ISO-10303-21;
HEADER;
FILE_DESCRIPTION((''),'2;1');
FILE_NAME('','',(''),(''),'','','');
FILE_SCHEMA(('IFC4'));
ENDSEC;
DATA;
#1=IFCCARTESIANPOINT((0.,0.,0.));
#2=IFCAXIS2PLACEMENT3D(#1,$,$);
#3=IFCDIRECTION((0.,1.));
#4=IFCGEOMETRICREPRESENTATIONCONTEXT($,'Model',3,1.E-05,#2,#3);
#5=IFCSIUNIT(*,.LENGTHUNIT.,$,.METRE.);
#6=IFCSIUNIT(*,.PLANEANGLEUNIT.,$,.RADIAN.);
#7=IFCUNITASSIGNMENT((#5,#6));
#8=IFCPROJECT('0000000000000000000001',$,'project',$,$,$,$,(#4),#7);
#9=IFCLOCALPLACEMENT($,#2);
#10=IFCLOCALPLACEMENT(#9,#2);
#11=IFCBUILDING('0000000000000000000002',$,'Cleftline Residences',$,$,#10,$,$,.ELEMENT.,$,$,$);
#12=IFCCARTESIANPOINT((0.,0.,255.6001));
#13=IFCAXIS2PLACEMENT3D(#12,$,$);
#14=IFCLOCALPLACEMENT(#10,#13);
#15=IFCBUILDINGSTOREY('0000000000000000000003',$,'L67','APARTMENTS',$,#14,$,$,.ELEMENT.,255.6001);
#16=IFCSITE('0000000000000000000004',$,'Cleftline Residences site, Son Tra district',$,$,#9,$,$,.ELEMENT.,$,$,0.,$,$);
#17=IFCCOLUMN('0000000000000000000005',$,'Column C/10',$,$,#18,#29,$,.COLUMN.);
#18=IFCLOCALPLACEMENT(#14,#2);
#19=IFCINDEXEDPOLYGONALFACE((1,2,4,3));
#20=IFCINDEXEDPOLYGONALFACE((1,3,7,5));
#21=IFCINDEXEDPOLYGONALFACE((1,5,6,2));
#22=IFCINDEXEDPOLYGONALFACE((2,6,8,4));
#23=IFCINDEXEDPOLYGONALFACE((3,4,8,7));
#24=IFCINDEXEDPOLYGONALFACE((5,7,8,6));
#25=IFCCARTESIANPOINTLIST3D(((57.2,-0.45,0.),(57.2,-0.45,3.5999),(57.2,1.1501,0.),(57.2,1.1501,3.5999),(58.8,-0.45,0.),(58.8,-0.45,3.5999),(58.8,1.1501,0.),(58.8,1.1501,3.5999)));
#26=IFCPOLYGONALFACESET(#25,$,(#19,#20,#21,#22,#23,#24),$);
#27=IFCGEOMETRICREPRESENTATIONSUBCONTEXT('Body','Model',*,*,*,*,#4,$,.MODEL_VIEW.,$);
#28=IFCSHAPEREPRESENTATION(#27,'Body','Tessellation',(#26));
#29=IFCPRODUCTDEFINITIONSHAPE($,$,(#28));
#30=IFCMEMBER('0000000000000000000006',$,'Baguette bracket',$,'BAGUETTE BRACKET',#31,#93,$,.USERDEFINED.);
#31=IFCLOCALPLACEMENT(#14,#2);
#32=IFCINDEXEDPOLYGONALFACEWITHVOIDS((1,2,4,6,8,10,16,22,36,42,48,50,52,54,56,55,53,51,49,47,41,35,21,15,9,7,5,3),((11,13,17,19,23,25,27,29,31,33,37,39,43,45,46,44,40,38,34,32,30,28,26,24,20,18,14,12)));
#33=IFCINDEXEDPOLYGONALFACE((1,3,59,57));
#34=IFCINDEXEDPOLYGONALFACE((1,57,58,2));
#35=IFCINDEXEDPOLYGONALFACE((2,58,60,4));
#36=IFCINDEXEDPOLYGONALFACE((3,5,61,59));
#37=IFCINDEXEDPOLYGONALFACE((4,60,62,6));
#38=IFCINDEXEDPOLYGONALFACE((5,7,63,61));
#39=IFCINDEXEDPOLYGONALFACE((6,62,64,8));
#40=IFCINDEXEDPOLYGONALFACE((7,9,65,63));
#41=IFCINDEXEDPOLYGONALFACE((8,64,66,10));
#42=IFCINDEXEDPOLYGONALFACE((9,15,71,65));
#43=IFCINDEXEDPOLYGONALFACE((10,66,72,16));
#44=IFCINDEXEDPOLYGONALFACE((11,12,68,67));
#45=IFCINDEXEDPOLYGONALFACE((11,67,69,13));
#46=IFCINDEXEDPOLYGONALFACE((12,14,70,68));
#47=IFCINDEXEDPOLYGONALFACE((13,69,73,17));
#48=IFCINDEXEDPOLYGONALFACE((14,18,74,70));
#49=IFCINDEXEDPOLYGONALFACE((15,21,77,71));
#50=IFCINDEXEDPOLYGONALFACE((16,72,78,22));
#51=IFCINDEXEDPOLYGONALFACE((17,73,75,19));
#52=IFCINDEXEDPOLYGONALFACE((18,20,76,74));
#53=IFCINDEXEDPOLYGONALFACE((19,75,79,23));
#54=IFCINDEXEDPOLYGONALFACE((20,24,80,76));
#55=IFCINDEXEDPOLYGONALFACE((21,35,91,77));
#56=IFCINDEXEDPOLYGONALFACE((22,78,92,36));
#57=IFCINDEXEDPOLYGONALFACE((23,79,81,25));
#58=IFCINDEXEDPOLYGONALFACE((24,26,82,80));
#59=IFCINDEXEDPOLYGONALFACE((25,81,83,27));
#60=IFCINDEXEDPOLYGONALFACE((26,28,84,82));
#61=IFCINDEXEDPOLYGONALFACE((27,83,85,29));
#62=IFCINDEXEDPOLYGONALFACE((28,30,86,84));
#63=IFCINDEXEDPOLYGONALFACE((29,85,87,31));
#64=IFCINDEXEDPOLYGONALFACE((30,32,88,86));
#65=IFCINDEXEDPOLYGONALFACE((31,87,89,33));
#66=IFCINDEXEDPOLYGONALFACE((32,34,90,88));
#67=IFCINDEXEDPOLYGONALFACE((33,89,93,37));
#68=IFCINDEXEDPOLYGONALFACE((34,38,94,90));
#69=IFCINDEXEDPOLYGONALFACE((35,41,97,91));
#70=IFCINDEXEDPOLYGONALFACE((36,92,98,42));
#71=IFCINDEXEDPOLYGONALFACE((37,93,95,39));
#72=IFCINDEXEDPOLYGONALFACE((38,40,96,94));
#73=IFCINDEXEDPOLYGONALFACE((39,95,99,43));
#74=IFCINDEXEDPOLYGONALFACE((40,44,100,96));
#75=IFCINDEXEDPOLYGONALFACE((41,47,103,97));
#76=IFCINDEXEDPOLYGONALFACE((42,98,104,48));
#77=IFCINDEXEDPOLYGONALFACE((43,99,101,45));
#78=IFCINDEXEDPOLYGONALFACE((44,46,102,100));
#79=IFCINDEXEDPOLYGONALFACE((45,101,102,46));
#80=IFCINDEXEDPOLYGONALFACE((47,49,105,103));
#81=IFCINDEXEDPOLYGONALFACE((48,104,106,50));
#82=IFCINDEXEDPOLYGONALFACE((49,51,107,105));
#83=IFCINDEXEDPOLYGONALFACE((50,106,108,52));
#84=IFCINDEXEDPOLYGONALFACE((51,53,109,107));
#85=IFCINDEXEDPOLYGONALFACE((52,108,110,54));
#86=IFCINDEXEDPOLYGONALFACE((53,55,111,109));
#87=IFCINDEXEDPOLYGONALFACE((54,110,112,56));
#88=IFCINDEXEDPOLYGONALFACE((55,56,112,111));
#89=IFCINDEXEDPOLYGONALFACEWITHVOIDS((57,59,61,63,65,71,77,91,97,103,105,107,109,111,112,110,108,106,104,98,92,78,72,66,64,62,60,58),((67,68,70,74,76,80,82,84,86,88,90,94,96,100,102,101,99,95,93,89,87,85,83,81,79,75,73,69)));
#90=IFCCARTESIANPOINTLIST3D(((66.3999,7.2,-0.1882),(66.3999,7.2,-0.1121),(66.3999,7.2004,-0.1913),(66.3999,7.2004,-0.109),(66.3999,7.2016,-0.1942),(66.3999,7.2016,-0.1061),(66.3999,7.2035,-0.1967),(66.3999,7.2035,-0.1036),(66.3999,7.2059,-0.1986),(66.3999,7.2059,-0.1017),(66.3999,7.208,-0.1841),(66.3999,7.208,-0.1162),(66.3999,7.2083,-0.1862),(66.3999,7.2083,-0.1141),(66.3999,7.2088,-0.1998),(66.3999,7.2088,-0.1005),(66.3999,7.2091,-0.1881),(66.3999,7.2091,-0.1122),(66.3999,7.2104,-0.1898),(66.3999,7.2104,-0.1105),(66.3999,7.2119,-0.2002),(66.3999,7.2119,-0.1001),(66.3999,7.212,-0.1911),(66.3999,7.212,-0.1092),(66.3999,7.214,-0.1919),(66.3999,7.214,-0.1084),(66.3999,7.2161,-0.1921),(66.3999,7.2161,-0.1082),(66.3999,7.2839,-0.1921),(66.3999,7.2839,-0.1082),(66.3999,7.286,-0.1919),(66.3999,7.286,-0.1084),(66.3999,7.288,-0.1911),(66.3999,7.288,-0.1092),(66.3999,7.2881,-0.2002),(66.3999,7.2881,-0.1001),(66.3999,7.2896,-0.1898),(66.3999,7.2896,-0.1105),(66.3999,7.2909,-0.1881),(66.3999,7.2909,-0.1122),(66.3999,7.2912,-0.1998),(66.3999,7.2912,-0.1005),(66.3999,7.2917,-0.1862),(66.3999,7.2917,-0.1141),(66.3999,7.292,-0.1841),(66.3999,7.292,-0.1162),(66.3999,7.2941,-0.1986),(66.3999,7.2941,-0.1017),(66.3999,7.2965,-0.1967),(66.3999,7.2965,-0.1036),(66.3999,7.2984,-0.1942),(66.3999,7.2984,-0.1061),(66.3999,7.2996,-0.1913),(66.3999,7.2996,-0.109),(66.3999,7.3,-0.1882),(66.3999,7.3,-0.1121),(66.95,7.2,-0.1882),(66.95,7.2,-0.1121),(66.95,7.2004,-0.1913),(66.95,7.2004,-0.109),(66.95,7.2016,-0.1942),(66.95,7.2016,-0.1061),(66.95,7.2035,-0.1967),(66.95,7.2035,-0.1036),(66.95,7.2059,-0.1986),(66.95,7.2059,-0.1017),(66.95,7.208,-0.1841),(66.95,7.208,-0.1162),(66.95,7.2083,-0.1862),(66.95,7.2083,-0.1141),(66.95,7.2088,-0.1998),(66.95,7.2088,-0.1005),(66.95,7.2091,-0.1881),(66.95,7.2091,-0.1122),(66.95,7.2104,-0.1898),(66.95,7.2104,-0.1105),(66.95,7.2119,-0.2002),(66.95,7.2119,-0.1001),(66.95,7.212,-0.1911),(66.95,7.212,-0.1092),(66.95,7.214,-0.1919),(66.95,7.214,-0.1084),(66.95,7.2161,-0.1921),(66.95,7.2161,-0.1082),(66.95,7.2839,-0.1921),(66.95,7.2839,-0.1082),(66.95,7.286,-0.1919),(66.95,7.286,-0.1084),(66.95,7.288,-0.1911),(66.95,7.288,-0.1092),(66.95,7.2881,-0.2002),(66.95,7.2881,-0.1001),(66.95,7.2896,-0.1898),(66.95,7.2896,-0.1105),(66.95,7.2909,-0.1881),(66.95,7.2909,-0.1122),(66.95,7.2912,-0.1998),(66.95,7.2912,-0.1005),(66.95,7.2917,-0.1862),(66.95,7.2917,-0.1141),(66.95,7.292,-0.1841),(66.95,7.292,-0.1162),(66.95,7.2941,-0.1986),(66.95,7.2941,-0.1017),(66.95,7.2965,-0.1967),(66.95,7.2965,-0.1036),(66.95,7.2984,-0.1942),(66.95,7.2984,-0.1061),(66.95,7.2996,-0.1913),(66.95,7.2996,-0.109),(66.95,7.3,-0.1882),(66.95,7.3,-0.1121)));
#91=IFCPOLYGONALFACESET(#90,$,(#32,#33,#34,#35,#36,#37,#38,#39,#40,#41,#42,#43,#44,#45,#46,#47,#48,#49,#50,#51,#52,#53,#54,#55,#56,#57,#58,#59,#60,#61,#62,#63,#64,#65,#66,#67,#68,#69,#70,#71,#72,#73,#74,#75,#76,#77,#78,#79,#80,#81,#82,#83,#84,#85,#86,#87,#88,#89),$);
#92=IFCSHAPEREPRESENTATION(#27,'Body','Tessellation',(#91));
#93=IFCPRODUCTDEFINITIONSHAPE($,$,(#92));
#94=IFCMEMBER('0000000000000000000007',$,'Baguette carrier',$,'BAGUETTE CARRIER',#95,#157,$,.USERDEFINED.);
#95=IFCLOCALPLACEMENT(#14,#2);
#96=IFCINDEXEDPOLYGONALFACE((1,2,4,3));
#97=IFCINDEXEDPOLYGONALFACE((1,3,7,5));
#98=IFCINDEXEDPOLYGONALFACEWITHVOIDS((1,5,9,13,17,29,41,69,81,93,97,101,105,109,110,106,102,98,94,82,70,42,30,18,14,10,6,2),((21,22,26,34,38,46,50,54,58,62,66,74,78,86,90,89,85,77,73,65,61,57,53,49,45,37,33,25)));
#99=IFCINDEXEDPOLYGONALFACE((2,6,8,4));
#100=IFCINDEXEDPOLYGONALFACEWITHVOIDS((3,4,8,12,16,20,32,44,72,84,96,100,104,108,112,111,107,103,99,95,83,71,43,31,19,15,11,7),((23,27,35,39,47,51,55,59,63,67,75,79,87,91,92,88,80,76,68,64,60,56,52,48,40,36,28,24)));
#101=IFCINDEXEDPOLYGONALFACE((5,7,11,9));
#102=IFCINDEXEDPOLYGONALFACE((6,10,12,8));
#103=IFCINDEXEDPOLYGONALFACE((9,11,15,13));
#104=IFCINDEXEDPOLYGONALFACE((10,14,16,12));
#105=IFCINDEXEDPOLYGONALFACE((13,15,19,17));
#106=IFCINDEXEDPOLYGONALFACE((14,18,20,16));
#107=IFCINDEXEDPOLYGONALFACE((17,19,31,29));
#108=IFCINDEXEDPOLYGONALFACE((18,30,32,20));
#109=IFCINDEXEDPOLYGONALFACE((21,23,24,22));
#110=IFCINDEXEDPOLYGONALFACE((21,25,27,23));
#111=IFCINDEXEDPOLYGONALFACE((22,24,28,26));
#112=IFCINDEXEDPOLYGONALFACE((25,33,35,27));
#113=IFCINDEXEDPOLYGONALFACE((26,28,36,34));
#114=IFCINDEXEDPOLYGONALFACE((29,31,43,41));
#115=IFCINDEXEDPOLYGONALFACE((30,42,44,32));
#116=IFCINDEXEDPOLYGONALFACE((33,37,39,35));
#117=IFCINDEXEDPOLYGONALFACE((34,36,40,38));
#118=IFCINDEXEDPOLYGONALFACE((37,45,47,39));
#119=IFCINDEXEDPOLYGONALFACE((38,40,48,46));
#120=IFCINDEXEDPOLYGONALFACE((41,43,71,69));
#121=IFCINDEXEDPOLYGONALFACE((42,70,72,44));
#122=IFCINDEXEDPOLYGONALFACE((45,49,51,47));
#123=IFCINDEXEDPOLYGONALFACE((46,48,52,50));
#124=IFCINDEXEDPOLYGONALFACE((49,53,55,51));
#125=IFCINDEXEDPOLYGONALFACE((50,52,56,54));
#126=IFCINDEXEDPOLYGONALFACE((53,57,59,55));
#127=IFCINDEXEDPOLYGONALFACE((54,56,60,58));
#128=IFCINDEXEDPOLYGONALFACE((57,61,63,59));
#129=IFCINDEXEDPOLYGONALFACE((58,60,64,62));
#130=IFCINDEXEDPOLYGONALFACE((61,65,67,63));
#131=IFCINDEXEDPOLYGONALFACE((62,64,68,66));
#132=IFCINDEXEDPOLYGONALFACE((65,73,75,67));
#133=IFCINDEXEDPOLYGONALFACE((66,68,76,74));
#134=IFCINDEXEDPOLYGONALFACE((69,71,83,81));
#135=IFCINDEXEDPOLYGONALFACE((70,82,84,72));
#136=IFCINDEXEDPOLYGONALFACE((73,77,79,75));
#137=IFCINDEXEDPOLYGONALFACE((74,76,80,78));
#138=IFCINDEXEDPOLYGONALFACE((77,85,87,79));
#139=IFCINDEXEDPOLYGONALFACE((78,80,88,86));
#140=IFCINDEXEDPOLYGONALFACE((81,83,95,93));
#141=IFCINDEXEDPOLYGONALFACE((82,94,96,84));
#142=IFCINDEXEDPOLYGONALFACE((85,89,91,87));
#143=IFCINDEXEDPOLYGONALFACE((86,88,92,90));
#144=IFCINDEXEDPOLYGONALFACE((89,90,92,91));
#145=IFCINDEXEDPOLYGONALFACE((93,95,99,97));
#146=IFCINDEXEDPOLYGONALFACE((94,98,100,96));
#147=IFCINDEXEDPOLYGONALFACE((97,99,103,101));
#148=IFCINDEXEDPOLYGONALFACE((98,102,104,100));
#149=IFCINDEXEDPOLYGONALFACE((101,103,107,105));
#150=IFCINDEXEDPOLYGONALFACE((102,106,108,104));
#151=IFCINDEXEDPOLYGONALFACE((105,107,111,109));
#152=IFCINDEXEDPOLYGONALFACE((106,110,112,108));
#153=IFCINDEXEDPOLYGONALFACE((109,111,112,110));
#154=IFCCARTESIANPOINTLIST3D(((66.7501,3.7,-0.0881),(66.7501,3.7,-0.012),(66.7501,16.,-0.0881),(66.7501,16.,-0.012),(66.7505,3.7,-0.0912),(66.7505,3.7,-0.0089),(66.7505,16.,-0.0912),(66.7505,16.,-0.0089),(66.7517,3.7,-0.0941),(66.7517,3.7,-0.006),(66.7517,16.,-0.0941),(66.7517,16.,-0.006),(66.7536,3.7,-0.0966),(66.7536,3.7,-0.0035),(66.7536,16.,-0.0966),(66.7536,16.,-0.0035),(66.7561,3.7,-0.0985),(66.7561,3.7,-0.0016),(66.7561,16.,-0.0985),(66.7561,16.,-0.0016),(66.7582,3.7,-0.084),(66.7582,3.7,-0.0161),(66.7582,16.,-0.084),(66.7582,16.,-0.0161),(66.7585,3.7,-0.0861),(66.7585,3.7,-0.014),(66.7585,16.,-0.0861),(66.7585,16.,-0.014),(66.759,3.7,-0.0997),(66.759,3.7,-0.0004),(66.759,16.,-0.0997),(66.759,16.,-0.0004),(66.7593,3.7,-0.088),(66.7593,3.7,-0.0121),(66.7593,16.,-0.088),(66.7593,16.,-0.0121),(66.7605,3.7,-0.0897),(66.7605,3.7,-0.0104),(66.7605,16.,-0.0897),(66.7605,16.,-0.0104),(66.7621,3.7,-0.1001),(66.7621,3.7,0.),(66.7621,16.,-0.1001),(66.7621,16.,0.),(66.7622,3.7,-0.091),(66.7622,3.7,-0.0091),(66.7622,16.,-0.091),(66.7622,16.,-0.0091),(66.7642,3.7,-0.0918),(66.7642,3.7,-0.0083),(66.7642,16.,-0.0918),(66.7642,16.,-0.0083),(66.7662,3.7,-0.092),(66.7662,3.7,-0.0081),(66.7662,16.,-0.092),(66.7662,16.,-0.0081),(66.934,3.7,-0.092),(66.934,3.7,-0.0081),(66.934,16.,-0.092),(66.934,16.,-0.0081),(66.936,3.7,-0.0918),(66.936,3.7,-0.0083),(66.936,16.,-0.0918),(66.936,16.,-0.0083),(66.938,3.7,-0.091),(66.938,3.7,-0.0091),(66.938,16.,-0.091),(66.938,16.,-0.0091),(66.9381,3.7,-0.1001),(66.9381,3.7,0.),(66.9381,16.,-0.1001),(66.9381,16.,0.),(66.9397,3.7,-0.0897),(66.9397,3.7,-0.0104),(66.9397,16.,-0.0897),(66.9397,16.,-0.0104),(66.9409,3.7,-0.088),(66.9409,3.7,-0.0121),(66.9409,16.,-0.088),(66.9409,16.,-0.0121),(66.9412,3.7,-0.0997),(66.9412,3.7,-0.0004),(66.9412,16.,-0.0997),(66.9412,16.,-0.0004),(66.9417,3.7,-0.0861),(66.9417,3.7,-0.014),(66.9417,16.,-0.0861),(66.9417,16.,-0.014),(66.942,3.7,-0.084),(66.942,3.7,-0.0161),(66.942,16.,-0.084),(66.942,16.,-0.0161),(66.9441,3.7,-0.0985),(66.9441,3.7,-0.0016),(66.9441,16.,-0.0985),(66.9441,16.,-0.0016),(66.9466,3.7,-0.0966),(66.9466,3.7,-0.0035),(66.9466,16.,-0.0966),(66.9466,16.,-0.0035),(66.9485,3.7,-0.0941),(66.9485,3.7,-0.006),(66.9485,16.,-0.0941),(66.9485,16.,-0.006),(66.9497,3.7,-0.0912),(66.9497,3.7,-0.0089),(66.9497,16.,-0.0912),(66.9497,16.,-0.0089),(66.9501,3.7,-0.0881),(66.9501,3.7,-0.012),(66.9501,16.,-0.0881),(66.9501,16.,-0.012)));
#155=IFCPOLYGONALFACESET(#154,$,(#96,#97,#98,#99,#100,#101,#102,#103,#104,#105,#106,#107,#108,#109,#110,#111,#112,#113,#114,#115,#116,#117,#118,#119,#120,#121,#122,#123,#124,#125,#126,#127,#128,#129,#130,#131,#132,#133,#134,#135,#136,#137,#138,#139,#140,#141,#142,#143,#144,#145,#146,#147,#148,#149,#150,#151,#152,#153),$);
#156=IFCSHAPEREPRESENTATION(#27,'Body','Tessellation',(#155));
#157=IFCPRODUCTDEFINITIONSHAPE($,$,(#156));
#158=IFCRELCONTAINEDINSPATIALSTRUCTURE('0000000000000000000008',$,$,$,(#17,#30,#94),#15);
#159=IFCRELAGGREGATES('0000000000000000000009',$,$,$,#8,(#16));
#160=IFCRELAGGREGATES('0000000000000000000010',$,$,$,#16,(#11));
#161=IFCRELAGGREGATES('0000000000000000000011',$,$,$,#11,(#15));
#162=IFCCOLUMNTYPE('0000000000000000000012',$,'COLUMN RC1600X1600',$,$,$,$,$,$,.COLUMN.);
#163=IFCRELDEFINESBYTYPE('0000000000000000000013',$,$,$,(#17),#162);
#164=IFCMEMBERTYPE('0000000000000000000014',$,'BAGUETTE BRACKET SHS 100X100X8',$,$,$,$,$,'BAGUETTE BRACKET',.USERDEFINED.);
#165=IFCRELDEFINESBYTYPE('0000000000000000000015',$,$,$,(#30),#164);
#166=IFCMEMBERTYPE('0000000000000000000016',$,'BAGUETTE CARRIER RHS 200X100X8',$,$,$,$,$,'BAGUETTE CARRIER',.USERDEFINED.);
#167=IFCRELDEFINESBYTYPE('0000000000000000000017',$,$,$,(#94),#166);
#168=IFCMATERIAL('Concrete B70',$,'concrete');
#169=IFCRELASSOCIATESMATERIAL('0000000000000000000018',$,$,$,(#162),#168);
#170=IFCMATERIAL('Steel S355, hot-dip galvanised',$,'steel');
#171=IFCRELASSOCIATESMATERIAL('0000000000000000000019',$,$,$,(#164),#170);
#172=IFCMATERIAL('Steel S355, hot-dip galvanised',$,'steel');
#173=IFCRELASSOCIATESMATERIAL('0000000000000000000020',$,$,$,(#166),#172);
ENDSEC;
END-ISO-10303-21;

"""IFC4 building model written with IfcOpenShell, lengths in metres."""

from ifc_helpers import new_model, si_unit, direction, frame, origin, origin_2d, place, context, subcontext, project, spatial, rectangle, hollow_rectangle, extrude, material, material_profile, profile_set, type_object, element, save


model = new_model("IFC4")

# Units and contexts
model_context = context("Model", 3, precision=1e-05, world=origin(), true_north=direction((0.0, 1.0)))
body_context = subcontext(model_context, "Body", "Model", "MODEL_VIEW")
ifc_project = project(units=[si_unit("LENGTHUNIT", "METRE"), si_unit("PLANEANGLEUNIT", "RADIAN")], contexts=[model_context])

# Site, building, storey
site_placement = place(None, origin())
site = spatial("IfcSite", under=ifc_project, at=site_placement, Name="Cleftline Residences site, Son Tra district", CompositionType="ELEMENT", RefElevation=0.0)
building_placement = place(site_placement, origin())
building = spatial("IfcBuilding", under=site, at=building_placement, Name="Cleftline Residences", CompositionType="ELEMENT")
storey_placement = place(building_placement, frame((0.0, 0.0, 255.6001)))
storey = spatial("IfcBuildingStorey", under=building, at=storey_placement, Name="L67", Description="APARTMENTS", CompositionType="ELEMENT", Elevation=255.6001)

# Column
ifc_material_1 = material(Name="Concrete B70", Category="concrete")
ifc_material_profile_1 = material_profile(ifc_material_1, rectangle(XDim=1.6001, YDim=1.6001, at=origin_2d()))
ifc_profile_set_1 = profile_set([ifc_material_profile_1], Name="Concrete B70")
column_type = type_object("IfcColumnType", Name="COLUMN RC1600X1600", PredefinedType="COLUMN", material=ifc_profile_set_1)
column_placement = place(storey_placement, frame((58.0, 0.3501, 0.0), z_axis=(0.0, 0.0, 1.0), x_axis=(1.0, 0.0, 0.0)))
element("IfcColumn", 1, at=column_placement, inside=storey, type_object=column_type, Name="Column C/10", PredefinedType="COLUMN", context=body_context, shape_type="SweptSolid", body=[
    extrude(rectangle(XDim=1.6001, YDim=1.6001, at=origin_2d()), origin(), (0.0, 0.0, 1.0), 3.5999),
])

# Members
ifc_material_2 = material(Name="Steel S355, hot-dip galvanised", Category="steel")
ifc_material_profile_2 = material_profile(ifc_material_2, hollow_rectangle(XDim=0.1001, YDim=0.1001, WallThickness=0.0081, InnerFilletRadius=0.0081, OuterFilletRadius=0.012, at=origin_2d()))
ifc_profile_set_2 = profile_set([ifc_material_profile_2], Name="Steel S355, hot-dip galvanised")
member_type_1 = type_object("IfcMemberType", Name="BAGUETTE BRACKET SHS 100X100X8", ElementType="BAGUETTE BRACKET", PredefinedType="USERDEFINED", material=ifc_profile_set_2)
member_1_placement = place(storey_placement, frame((66.3999, 7.25, -0.1501), z_axis=(1.0, 0.0, 0.0), x_axis=(0.0, 1.0, 0.0)))
element("IfcMember", 2, at=member_1_placement, inside=storey, type_object=member_type_1, Name="Baguette bracket", ObjectType="BAGUETTE BRACKET", PredefinedType="USERDEFINED", context=body_context, shape_type="SweptSolid", body=[
    extrude(hollow_rectangle(XDim=0.1001, YDim=0.1001, WallThickness=0.0081, InnerFilletRadius=0.0081, OuterFilletRadius=0.012, at=origin_2d()), origin(), (0.0, 0.0, 1.0), 0.55),
])
ifc_material_3 = material(Name="Steel S355, hot-dip galvanised", Category="steel")
ifc_material_profile_3 = material_profile(ifc_material_3, hollow_rectangle(XDim=0.1001, YDim=0.2, WallThickness=0.0081, InnerFilletRadius=0.0081, OuterFilletRadius=0.012, at=origin_2d()))
ifc_profile_set_3 = profile_set([ifc_material_profile_3], Name="Steel S355, hot-dip galvanised")
member_type_2 = type_object("IfcMemberType", Name="BAGUETTE CARRIER RHS 200X100X8", ElementType="BAGUETTE CARRIER", PredefinedType="USERDEFINED", material=ifc_profile_set_3)
member_2_placement = place(storey_placement, frame((66.8501, 3.7, -0.05), z_axis=(0.0, 1.0, 0.0), x_axis=(0.0, 0.0, 1.0)))
element("IfcMember", 3, at=member_2_placement, inside=storey, type_object=member_type_2, Name="Baguette carrier", ObjectType="BAGUETTE CARRIER", PredefinedType="USERDEFINED", context=body_context, shape_type="SweptSolid", body=[
    extrude(hollow_rectangle(XDim=0.1001, YDim=0.2, WallThickness=0.0081, InnerFilletRadius=0.0081, OuterFilletRadius=0.012, at=origin_2d()), origin(), (0.0, 0.0, 1.0), 12.3),
])

save(model, "model.ifc")
